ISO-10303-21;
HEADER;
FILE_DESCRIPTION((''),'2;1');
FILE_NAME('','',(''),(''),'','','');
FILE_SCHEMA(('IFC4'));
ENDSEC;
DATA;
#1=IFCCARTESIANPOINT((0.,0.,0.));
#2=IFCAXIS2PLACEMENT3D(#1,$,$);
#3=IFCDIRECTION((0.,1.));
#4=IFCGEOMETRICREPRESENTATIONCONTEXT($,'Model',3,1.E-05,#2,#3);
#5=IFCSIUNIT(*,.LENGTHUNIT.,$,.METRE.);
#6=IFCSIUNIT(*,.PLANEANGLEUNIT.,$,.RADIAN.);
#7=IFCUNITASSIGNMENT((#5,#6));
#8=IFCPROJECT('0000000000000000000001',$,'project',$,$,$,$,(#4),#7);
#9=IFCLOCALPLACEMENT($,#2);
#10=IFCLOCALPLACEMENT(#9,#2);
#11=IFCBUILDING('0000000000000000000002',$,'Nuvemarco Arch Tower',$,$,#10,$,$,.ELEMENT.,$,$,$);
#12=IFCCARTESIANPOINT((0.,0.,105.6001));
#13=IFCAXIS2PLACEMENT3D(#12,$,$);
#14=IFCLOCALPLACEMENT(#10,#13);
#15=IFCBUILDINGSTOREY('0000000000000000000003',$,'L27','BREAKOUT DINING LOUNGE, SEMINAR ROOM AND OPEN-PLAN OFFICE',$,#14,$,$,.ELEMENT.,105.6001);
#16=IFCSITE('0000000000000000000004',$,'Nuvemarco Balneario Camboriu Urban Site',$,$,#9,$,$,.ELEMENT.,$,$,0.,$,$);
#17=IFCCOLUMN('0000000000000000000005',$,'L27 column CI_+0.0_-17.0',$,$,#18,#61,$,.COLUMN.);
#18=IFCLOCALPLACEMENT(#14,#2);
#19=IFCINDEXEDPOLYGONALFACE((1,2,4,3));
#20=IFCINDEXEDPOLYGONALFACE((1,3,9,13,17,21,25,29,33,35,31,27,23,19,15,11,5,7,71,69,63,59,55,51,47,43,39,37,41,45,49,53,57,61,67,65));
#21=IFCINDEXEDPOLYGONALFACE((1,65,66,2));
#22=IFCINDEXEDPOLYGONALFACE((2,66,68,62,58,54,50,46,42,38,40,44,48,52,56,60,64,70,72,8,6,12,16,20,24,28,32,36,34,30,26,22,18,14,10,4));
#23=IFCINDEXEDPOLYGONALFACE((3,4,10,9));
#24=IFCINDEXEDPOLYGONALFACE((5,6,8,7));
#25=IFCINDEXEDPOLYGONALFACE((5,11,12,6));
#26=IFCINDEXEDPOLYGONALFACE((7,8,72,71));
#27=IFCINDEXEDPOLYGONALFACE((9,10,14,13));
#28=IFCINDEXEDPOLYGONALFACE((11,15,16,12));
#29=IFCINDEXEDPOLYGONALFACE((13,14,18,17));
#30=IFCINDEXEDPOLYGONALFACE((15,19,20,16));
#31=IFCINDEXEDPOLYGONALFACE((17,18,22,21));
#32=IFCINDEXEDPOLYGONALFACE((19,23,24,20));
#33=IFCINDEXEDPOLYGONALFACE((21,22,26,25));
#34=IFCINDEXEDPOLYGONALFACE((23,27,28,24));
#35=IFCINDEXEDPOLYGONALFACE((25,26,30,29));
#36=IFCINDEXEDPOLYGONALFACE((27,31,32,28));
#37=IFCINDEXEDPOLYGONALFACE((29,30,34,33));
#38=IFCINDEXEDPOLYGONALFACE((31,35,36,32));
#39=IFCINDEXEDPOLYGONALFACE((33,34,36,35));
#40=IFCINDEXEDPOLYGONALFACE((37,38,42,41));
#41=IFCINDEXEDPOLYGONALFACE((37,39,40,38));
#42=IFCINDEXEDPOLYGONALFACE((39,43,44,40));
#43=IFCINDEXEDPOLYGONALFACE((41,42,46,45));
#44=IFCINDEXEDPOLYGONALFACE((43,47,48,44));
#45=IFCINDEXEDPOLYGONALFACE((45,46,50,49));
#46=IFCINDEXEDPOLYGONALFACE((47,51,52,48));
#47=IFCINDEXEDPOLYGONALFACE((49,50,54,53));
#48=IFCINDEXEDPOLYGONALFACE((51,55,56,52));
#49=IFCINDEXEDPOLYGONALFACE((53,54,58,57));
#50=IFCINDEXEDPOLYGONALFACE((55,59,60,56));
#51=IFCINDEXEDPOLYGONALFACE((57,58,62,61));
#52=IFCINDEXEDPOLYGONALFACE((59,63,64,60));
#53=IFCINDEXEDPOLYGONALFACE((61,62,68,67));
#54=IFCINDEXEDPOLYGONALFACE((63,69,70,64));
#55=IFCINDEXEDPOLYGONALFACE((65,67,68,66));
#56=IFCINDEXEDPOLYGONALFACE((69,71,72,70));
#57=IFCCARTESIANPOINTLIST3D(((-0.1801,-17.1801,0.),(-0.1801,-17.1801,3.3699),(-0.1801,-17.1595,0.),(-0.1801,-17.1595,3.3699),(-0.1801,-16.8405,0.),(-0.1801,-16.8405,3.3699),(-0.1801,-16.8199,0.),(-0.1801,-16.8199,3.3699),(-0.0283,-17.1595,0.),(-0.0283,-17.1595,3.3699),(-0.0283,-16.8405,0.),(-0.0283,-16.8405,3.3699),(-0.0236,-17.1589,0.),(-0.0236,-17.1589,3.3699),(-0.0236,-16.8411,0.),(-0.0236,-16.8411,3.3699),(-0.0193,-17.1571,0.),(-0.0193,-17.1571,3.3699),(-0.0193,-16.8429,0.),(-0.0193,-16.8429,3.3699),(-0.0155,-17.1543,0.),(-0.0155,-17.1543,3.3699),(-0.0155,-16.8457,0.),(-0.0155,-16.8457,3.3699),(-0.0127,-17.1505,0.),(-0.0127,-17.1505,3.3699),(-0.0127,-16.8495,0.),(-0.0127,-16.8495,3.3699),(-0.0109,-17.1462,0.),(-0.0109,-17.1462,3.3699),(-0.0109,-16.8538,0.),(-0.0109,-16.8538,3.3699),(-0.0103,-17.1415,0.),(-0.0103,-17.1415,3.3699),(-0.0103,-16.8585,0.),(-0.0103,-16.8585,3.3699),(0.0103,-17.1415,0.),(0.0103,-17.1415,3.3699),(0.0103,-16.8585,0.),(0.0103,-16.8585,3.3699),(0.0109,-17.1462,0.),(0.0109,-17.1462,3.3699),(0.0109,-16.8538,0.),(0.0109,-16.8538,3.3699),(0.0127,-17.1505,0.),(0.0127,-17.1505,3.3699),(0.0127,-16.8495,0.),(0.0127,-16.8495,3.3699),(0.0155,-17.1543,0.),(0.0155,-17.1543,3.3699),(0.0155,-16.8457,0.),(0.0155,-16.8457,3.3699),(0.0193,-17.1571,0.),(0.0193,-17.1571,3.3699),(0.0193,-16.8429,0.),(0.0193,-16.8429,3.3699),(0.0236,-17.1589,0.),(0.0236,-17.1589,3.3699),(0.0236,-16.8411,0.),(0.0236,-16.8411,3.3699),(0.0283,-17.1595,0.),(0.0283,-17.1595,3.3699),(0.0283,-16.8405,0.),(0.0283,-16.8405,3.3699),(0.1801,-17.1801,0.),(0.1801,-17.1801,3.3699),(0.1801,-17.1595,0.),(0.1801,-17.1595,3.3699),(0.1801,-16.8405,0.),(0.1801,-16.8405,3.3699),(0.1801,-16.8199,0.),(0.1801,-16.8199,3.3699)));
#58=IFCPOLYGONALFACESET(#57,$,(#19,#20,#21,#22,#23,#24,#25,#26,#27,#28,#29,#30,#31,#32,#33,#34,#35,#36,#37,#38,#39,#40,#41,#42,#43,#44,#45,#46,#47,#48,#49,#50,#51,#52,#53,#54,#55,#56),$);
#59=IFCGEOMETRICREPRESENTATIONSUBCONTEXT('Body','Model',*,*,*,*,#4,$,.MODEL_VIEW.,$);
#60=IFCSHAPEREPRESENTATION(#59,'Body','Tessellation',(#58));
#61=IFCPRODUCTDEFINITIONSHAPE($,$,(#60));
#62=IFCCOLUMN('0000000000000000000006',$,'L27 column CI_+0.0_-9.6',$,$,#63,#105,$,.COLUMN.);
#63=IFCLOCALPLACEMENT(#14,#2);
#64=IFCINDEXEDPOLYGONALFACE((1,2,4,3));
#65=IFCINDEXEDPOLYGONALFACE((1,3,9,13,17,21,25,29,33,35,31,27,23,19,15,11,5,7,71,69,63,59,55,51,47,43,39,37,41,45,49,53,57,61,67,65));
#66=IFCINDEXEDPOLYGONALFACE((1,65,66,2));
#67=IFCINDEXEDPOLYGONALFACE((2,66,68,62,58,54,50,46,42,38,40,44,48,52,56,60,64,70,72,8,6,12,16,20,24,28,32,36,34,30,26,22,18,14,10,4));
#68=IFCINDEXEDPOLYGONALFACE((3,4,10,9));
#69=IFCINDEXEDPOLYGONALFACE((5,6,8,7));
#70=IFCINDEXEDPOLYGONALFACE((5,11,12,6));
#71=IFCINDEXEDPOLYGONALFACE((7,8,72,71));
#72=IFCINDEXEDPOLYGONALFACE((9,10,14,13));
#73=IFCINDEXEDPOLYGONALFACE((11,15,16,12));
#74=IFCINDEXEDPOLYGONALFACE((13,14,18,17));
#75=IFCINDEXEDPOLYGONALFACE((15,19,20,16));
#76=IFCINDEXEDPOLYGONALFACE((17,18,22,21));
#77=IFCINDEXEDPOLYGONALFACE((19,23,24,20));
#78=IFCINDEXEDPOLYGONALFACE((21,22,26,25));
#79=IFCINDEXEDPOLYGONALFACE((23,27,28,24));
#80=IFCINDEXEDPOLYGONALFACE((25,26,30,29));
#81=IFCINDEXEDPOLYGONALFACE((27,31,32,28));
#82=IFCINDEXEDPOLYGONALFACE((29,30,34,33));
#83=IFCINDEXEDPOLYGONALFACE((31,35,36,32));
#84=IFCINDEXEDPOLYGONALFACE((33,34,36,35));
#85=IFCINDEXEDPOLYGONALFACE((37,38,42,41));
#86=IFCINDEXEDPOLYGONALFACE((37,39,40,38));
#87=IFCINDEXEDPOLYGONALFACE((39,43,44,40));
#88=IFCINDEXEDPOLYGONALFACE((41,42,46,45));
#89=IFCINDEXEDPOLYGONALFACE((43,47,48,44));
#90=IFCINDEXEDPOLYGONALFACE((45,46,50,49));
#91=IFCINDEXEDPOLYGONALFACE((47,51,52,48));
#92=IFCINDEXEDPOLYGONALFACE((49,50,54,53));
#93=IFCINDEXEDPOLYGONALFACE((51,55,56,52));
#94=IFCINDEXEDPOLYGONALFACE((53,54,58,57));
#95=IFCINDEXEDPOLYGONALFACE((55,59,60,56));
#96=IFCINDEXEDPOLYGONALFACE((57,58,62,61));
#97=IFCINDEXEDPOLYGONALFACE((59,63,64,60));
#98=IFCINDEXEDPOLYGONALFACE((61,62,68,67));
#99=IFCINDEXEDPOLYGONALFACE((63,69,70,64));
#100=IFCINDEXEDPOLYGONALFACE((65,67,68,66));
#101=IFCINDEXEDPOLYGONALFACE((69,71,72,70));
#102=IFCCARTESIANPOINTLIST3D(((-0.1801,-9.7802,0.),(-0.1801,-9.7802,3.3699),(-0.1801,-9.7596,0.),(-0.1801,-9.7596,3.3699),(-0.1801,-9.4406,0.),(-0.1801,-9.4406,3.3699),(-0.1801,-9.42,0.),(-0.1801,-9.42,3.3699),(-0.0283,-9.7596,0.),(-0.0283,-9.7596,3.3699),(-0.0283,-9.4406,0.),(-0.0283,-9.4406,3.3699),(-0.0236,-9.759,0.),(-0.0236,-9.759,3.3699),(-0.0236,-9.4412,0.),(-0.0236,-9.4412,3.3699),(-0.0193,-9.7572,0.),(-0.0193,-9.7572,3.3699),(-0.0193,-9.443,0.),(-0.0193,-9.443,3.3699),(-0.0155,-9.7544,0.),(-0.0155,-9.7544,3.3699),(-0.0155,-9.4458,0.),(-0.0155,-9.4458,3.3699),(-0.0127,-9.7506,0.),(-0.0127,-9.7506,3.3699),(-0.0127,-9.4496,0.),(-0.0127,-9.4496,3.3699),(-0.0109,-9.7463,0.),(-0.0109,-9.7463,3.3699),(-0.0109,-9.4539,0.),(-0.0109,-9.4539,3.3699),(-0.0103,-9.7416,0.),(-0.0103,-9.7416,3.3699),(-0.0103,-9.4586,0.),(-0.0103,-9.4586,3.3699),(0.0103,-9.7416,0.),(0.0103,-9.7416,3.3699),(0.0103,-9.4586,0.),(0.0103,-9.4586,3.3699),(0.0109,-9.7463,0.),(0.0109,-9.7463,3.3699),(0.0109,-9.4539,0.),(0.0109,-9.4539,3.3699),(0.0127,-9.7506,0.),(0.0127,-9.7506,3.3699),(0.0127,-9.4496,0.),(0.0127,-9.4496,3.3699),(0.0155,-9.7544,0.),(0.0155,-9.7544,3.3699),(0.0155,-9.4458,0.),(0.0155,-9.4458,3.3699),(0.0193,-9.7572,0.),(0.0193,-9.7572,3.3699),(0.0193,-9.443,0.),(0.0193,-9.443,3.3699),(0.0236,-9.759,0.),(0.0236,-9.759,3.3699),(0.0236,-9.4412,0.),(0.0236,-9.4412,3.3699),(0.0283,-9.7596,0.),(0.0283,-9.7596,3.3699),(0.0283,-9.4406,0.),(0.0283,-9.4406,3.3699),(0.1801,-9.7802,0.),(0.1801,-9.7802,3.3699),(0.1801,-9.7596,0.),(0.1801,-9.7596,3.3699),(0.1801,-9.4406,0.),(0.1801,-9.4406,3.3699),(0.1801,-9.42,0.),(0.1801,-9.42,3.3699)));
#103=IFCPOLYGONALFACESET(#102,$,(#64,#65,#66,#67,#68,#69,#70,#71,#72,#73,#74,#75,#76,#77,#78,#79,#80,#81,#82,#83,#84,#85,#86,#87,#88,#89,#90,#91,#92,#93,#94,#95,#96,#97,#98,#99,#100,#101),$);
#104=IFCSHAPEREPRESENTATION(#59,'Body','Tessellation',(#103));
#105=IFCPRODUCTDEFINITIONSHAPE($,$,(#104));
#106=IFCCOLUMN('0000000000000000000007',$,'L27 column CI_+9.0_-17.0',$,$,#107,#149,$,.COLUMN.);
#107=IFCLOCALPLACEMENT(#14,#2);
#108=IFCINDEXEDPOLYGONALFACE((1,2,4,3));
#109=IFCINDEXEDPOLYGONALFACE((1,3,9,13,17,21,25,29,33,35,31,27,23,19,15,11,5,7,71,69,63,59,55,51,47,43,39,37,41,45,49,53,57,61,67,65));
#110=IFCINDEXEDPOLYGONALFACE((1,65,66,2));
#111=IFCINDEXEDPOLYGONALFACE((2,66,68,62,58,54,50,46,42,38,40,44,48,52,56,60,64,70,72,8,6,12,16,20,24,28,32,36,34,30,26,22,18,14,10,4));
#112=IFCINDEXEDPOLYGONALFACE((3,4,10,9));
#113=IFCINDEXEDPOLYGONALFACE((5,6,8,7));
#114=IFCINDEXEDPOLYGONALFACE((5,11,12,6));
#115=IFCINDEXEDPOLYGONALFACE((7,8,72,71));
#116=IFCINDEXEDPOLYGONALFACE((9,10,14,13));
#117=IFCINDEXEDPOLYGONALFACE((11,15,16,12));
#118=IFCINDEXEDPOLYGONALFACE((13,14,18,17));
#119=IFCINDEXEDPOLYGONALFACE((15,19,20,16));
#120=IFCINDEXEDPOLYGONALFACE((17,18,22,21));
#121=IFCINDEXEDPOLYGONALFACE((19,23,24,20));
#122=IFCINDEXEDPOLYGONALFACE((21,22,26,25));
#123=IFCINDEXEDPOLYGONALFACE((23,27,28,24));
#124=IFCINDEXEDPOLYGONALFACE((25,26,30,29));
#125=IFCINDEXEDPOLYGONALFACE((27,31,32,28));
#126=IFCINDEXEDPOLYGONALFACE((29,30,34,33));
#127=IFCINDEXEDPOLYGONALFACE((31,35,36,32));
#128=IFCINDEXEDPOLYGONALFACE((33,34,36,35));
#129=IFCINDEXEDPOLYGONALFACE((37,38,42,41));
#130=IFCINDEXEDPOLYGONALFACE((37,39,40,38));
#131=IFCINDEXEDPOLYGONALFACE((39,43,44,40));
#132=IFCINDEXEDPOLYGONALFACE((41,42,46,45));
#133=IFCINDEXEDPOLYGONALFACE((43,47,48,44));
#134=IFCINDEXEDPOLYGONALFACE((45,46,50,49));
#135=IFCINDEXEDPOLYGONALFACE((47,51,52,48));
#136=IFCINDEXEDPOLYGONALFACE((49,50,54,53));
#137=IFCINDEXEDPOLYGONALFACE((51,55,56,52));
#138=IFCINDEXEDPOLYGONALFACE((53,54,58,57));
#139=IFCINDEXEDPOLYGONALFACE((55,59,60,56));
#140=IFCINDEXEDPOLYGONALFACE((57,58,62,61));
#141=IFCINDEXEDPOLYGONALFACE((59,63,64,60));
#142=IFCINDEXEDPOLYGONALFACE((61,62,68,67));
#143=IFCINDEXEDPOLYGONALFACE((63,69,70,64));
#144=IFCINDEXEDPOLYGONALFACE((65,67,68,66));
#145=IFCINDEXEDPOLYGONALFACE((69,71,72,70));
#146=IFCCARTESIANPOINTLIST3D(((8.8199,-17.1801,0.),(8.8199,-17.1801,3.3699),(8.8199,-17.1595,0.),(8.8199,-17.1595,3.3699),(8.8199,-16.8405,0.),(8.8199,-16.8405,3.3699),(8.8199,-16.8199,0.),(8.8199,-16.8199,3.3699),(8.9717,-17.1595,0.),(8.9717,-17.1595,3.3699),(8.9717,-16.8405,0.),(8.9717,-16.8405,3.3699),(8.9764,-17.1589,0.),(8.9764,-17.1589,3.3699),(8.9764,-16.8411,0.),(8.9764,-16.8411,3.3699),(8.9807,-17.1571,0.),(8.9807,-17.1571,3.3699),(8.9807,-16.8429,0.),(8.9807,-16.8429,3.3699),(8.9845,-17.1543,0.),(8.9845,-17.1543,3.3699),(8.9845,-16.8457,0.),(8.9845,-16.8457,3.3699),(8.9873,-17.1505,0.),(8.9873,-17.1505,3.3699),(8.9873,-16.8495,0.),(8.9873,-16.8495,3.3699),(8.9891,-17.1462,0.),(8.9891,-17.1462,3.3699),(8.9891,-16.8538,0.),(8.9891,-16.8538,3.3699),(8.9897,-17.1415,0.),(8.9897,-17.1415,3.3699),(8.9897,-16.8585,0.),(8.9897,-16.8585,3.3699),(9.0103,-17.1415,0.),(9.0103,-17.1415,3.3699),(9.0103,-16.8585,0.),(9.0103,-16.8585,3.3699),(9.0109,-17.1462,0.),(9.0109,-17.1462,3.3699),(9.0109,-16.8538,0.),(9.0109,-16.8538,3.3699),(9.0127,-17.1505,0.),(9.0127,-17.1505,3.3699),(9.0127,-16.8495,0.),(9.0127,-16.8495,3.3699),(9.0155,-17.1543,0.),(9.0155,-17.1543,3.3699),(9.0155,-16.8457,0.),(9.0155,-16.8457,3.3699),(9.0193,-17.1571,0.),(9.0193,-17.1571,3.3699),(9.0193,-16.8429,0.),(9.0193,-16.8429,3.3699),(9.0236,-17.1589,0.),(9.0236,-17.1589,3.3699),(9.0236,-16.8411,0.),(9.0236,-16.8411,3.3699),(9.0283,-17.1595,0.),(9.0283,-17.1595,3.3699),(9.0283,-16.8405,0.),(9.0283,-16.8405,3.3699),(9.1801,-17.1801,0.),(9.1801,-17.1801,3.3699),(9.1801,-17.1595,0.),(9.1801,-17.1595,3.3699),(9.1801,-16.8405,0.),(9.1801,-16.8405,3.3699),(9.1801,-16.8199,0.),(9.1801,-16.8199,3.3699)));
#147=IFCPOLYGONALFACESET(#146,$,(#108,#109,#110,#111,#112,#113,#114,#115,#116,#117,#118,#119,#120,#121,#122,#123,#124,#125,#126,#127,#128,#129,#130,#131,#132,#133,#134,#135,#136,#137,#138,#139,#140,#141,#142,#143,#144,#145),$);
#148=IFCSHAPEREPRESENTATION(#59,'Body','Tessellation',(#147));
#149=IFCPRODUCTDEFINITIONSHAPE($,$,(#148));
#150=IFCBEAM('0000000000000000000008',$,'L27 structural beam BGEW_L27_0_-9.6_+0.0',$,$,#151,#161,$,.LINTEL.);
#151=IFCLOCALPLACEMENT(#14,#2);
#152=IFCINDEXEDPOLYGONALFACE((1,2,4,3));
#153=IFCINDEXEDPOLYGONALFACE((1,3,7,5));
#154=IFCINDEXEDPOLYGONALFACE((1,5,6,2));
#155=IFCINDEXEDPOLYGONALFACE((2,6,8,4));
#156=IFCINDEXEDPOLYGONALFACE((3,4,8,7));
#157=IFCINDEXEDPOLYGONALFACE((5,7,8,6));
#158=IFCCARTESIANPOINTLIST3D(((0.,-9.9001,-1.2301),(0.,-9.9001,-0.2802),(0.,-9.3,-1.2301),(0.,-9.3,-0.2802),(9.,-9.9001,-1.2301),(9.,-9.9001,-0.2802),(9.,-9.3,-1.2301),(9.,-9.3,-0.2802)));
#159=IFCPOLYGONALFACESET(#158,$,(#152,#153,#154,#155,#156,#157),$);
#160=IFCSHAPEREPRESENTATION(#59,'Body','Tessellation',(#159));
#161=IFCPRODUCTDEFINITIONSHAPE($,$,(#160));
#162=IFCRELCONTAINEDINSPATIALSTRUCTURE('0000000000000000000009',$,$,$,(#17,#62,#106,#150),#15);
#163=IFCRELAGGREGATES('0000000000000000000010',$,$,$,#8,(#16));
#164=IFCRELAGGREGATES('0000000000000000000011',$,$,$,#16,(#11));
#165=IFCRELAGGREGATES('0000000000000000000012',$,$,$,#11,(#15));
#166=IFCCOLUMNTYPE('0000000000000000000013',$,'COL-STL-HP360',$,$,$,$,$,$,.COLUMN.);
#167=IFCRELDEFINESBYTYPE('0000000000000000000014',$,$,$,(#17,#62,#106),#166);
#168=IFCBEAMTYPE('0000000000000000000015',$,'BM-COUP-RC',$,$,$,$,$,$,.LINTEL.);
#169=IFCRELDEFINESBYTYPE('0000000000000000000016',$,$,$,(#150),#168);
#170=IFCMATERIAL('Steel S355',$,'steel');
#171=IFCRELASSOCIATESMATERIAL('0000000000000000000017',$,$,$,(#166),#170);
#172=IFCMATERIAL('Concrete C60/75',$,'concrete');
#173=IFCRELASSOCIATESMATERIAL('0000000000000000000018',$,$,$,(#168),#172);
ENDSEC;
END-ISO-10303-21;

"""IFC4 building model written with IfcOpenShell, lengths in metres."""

from ifc_helpers import new_model, si_unit, direction, frame, origin, origin_2d, place, context, subcontext, project, spatial, rectangle, i_section, extrude, material, material_profile, profile_set, type_object, element, save


model = new_model("IFC4")

# Units and contexts
model_context = context("Model", 3, precision=1e-05, world=origin(), true_north=direction((0.0, 1.0)))
body_context = subcontext(model_context, "Body", "Model", "MODEL_VIEW")
ifc_project = project(units=[si_unit("LENGTHUNIT", "METRE"), si_unit("PLANEANGLEUNIT", "RADIAN")], contexts=[model_context])

# Site, building, storey
site_placement = place(None, origin())
site = spatial("IfcSite", under=ifc_project, at=site_placement, Name="Nuvemarco Balneario Camboriu Urban Site", CompositionType="ELEMENT", RefElevation=0.0)
building_placement = place(site_placement, origin())
building = spatial("IfcBuilding", under=site, at=building_placement, Name="Nuvemarco Arch Tower", CompositionType="ELEMENT")
storey_placement = place(building_placement, frame((0.0, 0.0, 105.6001)))
storey = spatial("IfcBuildingStorey", under=building, at=storey_placement, Name="L27", Description="BREAKOUT DINING LOUNGE, SEMINAR ROOM AND OPEN-PLAN OFFICE", CompositionType="ELEMENT", Elevation=105.6001)

# Columns
ifc_material_1 = material(Name="Concrete C60/75", Category="concrete")
ifc_material_2 = material(Name="Steel S355", Category="steel")
ifc_material_profile_1 = material_profile(ifc_material_2, i_section(OverallWidth=0.3601, OverallDepth=0.3601, WebThickness=0.0205, FlangeThickness=0.0205, FilletRadius=0.0181, at=origin_2d()), Name="HP360x174")
ifc_profile_set_1 = profile_set([ifc_material_profile_1], Name="Steel S355")
column_type_1 = type_object("IfcColumnType", Name="COL-STL-HP360", PredefinedType="COLUMN", material=ifc_profile_set_1)
for number, where, z_axis, x_axis, name in (
    (1, (0.0, -17.0, 0.0), (0.0, 0.0, 1.0), (1.0, 0.0, 0.0), "L27 column CI_+0.0_-17.0"),
    (2, (0.0, -9.6001, 0.0), (0.0, 0.0, 1.0), (1.0, 0.0, 0.0), "L27 column CI_+0.0_-9.6"),
    (3, (9.0, -17.0, 0.0), (0.0, 0.0, 1.0), (1.0, 0.0, 0.0), "L27 column CI_+9.0_-17.0"),
):
    element("IfcColumn", number, at=place(storey_placement, frame(where, z_axis=z_axis, x_axis=x_axis)), inside=storey, type_object=column_type_1, Name=name, PredefinedType="COLUMN", context=body_context, shape_type="SweptSolid", body=[
        extrude(i_section(OverallWidth=0.3601, OverallDepth=0.3601, WebThickness=0.0205, FlangeThickness=0.0205, FilletRadius=0.0181, at=origin_2d()), origin(), (0.0, 0.0, 1.0), 3.3699),
    ])

# Beam
ifc_material_profile_2 = material_profile(ifc_material_1, rectangle(XDim=0.6001, YDim=0.95, at=origin_2d()), Name="RC-BM-600x950")
ifc_profile_set_2 = profile_set([ifc_material_profile_2], Name="Concrete C60/75")
beam_type_1 = type_object("IfcBeamType", Name="BM-COUP-RC", PredefinedType="LINTEL", material=ifc_profile_set_2)
beam_1_placement = place(storey_placement, frame((0.0, -9.6001, -0.7551), z_axis=(1.0, 0.0, 0.0), x_axis=(0.0, 1.0, 0.0)))
element("IfcBeam", 4, at=beam_1_placement, inside=storey, type_object=beam_type_1, Name="L27 structural beam BGEW_L27_0_-9.6_+0.0", PredefinedType="LINTEL", context=body_context, shape_type="SweptSolid", body=[
    extrude(rectangle(XDim=0.6001, YDim=0.95, at=origin_2d()), origin(), (0.0, 0.0, 1.0), 9.0),
])

save(model, "model.ifc")
